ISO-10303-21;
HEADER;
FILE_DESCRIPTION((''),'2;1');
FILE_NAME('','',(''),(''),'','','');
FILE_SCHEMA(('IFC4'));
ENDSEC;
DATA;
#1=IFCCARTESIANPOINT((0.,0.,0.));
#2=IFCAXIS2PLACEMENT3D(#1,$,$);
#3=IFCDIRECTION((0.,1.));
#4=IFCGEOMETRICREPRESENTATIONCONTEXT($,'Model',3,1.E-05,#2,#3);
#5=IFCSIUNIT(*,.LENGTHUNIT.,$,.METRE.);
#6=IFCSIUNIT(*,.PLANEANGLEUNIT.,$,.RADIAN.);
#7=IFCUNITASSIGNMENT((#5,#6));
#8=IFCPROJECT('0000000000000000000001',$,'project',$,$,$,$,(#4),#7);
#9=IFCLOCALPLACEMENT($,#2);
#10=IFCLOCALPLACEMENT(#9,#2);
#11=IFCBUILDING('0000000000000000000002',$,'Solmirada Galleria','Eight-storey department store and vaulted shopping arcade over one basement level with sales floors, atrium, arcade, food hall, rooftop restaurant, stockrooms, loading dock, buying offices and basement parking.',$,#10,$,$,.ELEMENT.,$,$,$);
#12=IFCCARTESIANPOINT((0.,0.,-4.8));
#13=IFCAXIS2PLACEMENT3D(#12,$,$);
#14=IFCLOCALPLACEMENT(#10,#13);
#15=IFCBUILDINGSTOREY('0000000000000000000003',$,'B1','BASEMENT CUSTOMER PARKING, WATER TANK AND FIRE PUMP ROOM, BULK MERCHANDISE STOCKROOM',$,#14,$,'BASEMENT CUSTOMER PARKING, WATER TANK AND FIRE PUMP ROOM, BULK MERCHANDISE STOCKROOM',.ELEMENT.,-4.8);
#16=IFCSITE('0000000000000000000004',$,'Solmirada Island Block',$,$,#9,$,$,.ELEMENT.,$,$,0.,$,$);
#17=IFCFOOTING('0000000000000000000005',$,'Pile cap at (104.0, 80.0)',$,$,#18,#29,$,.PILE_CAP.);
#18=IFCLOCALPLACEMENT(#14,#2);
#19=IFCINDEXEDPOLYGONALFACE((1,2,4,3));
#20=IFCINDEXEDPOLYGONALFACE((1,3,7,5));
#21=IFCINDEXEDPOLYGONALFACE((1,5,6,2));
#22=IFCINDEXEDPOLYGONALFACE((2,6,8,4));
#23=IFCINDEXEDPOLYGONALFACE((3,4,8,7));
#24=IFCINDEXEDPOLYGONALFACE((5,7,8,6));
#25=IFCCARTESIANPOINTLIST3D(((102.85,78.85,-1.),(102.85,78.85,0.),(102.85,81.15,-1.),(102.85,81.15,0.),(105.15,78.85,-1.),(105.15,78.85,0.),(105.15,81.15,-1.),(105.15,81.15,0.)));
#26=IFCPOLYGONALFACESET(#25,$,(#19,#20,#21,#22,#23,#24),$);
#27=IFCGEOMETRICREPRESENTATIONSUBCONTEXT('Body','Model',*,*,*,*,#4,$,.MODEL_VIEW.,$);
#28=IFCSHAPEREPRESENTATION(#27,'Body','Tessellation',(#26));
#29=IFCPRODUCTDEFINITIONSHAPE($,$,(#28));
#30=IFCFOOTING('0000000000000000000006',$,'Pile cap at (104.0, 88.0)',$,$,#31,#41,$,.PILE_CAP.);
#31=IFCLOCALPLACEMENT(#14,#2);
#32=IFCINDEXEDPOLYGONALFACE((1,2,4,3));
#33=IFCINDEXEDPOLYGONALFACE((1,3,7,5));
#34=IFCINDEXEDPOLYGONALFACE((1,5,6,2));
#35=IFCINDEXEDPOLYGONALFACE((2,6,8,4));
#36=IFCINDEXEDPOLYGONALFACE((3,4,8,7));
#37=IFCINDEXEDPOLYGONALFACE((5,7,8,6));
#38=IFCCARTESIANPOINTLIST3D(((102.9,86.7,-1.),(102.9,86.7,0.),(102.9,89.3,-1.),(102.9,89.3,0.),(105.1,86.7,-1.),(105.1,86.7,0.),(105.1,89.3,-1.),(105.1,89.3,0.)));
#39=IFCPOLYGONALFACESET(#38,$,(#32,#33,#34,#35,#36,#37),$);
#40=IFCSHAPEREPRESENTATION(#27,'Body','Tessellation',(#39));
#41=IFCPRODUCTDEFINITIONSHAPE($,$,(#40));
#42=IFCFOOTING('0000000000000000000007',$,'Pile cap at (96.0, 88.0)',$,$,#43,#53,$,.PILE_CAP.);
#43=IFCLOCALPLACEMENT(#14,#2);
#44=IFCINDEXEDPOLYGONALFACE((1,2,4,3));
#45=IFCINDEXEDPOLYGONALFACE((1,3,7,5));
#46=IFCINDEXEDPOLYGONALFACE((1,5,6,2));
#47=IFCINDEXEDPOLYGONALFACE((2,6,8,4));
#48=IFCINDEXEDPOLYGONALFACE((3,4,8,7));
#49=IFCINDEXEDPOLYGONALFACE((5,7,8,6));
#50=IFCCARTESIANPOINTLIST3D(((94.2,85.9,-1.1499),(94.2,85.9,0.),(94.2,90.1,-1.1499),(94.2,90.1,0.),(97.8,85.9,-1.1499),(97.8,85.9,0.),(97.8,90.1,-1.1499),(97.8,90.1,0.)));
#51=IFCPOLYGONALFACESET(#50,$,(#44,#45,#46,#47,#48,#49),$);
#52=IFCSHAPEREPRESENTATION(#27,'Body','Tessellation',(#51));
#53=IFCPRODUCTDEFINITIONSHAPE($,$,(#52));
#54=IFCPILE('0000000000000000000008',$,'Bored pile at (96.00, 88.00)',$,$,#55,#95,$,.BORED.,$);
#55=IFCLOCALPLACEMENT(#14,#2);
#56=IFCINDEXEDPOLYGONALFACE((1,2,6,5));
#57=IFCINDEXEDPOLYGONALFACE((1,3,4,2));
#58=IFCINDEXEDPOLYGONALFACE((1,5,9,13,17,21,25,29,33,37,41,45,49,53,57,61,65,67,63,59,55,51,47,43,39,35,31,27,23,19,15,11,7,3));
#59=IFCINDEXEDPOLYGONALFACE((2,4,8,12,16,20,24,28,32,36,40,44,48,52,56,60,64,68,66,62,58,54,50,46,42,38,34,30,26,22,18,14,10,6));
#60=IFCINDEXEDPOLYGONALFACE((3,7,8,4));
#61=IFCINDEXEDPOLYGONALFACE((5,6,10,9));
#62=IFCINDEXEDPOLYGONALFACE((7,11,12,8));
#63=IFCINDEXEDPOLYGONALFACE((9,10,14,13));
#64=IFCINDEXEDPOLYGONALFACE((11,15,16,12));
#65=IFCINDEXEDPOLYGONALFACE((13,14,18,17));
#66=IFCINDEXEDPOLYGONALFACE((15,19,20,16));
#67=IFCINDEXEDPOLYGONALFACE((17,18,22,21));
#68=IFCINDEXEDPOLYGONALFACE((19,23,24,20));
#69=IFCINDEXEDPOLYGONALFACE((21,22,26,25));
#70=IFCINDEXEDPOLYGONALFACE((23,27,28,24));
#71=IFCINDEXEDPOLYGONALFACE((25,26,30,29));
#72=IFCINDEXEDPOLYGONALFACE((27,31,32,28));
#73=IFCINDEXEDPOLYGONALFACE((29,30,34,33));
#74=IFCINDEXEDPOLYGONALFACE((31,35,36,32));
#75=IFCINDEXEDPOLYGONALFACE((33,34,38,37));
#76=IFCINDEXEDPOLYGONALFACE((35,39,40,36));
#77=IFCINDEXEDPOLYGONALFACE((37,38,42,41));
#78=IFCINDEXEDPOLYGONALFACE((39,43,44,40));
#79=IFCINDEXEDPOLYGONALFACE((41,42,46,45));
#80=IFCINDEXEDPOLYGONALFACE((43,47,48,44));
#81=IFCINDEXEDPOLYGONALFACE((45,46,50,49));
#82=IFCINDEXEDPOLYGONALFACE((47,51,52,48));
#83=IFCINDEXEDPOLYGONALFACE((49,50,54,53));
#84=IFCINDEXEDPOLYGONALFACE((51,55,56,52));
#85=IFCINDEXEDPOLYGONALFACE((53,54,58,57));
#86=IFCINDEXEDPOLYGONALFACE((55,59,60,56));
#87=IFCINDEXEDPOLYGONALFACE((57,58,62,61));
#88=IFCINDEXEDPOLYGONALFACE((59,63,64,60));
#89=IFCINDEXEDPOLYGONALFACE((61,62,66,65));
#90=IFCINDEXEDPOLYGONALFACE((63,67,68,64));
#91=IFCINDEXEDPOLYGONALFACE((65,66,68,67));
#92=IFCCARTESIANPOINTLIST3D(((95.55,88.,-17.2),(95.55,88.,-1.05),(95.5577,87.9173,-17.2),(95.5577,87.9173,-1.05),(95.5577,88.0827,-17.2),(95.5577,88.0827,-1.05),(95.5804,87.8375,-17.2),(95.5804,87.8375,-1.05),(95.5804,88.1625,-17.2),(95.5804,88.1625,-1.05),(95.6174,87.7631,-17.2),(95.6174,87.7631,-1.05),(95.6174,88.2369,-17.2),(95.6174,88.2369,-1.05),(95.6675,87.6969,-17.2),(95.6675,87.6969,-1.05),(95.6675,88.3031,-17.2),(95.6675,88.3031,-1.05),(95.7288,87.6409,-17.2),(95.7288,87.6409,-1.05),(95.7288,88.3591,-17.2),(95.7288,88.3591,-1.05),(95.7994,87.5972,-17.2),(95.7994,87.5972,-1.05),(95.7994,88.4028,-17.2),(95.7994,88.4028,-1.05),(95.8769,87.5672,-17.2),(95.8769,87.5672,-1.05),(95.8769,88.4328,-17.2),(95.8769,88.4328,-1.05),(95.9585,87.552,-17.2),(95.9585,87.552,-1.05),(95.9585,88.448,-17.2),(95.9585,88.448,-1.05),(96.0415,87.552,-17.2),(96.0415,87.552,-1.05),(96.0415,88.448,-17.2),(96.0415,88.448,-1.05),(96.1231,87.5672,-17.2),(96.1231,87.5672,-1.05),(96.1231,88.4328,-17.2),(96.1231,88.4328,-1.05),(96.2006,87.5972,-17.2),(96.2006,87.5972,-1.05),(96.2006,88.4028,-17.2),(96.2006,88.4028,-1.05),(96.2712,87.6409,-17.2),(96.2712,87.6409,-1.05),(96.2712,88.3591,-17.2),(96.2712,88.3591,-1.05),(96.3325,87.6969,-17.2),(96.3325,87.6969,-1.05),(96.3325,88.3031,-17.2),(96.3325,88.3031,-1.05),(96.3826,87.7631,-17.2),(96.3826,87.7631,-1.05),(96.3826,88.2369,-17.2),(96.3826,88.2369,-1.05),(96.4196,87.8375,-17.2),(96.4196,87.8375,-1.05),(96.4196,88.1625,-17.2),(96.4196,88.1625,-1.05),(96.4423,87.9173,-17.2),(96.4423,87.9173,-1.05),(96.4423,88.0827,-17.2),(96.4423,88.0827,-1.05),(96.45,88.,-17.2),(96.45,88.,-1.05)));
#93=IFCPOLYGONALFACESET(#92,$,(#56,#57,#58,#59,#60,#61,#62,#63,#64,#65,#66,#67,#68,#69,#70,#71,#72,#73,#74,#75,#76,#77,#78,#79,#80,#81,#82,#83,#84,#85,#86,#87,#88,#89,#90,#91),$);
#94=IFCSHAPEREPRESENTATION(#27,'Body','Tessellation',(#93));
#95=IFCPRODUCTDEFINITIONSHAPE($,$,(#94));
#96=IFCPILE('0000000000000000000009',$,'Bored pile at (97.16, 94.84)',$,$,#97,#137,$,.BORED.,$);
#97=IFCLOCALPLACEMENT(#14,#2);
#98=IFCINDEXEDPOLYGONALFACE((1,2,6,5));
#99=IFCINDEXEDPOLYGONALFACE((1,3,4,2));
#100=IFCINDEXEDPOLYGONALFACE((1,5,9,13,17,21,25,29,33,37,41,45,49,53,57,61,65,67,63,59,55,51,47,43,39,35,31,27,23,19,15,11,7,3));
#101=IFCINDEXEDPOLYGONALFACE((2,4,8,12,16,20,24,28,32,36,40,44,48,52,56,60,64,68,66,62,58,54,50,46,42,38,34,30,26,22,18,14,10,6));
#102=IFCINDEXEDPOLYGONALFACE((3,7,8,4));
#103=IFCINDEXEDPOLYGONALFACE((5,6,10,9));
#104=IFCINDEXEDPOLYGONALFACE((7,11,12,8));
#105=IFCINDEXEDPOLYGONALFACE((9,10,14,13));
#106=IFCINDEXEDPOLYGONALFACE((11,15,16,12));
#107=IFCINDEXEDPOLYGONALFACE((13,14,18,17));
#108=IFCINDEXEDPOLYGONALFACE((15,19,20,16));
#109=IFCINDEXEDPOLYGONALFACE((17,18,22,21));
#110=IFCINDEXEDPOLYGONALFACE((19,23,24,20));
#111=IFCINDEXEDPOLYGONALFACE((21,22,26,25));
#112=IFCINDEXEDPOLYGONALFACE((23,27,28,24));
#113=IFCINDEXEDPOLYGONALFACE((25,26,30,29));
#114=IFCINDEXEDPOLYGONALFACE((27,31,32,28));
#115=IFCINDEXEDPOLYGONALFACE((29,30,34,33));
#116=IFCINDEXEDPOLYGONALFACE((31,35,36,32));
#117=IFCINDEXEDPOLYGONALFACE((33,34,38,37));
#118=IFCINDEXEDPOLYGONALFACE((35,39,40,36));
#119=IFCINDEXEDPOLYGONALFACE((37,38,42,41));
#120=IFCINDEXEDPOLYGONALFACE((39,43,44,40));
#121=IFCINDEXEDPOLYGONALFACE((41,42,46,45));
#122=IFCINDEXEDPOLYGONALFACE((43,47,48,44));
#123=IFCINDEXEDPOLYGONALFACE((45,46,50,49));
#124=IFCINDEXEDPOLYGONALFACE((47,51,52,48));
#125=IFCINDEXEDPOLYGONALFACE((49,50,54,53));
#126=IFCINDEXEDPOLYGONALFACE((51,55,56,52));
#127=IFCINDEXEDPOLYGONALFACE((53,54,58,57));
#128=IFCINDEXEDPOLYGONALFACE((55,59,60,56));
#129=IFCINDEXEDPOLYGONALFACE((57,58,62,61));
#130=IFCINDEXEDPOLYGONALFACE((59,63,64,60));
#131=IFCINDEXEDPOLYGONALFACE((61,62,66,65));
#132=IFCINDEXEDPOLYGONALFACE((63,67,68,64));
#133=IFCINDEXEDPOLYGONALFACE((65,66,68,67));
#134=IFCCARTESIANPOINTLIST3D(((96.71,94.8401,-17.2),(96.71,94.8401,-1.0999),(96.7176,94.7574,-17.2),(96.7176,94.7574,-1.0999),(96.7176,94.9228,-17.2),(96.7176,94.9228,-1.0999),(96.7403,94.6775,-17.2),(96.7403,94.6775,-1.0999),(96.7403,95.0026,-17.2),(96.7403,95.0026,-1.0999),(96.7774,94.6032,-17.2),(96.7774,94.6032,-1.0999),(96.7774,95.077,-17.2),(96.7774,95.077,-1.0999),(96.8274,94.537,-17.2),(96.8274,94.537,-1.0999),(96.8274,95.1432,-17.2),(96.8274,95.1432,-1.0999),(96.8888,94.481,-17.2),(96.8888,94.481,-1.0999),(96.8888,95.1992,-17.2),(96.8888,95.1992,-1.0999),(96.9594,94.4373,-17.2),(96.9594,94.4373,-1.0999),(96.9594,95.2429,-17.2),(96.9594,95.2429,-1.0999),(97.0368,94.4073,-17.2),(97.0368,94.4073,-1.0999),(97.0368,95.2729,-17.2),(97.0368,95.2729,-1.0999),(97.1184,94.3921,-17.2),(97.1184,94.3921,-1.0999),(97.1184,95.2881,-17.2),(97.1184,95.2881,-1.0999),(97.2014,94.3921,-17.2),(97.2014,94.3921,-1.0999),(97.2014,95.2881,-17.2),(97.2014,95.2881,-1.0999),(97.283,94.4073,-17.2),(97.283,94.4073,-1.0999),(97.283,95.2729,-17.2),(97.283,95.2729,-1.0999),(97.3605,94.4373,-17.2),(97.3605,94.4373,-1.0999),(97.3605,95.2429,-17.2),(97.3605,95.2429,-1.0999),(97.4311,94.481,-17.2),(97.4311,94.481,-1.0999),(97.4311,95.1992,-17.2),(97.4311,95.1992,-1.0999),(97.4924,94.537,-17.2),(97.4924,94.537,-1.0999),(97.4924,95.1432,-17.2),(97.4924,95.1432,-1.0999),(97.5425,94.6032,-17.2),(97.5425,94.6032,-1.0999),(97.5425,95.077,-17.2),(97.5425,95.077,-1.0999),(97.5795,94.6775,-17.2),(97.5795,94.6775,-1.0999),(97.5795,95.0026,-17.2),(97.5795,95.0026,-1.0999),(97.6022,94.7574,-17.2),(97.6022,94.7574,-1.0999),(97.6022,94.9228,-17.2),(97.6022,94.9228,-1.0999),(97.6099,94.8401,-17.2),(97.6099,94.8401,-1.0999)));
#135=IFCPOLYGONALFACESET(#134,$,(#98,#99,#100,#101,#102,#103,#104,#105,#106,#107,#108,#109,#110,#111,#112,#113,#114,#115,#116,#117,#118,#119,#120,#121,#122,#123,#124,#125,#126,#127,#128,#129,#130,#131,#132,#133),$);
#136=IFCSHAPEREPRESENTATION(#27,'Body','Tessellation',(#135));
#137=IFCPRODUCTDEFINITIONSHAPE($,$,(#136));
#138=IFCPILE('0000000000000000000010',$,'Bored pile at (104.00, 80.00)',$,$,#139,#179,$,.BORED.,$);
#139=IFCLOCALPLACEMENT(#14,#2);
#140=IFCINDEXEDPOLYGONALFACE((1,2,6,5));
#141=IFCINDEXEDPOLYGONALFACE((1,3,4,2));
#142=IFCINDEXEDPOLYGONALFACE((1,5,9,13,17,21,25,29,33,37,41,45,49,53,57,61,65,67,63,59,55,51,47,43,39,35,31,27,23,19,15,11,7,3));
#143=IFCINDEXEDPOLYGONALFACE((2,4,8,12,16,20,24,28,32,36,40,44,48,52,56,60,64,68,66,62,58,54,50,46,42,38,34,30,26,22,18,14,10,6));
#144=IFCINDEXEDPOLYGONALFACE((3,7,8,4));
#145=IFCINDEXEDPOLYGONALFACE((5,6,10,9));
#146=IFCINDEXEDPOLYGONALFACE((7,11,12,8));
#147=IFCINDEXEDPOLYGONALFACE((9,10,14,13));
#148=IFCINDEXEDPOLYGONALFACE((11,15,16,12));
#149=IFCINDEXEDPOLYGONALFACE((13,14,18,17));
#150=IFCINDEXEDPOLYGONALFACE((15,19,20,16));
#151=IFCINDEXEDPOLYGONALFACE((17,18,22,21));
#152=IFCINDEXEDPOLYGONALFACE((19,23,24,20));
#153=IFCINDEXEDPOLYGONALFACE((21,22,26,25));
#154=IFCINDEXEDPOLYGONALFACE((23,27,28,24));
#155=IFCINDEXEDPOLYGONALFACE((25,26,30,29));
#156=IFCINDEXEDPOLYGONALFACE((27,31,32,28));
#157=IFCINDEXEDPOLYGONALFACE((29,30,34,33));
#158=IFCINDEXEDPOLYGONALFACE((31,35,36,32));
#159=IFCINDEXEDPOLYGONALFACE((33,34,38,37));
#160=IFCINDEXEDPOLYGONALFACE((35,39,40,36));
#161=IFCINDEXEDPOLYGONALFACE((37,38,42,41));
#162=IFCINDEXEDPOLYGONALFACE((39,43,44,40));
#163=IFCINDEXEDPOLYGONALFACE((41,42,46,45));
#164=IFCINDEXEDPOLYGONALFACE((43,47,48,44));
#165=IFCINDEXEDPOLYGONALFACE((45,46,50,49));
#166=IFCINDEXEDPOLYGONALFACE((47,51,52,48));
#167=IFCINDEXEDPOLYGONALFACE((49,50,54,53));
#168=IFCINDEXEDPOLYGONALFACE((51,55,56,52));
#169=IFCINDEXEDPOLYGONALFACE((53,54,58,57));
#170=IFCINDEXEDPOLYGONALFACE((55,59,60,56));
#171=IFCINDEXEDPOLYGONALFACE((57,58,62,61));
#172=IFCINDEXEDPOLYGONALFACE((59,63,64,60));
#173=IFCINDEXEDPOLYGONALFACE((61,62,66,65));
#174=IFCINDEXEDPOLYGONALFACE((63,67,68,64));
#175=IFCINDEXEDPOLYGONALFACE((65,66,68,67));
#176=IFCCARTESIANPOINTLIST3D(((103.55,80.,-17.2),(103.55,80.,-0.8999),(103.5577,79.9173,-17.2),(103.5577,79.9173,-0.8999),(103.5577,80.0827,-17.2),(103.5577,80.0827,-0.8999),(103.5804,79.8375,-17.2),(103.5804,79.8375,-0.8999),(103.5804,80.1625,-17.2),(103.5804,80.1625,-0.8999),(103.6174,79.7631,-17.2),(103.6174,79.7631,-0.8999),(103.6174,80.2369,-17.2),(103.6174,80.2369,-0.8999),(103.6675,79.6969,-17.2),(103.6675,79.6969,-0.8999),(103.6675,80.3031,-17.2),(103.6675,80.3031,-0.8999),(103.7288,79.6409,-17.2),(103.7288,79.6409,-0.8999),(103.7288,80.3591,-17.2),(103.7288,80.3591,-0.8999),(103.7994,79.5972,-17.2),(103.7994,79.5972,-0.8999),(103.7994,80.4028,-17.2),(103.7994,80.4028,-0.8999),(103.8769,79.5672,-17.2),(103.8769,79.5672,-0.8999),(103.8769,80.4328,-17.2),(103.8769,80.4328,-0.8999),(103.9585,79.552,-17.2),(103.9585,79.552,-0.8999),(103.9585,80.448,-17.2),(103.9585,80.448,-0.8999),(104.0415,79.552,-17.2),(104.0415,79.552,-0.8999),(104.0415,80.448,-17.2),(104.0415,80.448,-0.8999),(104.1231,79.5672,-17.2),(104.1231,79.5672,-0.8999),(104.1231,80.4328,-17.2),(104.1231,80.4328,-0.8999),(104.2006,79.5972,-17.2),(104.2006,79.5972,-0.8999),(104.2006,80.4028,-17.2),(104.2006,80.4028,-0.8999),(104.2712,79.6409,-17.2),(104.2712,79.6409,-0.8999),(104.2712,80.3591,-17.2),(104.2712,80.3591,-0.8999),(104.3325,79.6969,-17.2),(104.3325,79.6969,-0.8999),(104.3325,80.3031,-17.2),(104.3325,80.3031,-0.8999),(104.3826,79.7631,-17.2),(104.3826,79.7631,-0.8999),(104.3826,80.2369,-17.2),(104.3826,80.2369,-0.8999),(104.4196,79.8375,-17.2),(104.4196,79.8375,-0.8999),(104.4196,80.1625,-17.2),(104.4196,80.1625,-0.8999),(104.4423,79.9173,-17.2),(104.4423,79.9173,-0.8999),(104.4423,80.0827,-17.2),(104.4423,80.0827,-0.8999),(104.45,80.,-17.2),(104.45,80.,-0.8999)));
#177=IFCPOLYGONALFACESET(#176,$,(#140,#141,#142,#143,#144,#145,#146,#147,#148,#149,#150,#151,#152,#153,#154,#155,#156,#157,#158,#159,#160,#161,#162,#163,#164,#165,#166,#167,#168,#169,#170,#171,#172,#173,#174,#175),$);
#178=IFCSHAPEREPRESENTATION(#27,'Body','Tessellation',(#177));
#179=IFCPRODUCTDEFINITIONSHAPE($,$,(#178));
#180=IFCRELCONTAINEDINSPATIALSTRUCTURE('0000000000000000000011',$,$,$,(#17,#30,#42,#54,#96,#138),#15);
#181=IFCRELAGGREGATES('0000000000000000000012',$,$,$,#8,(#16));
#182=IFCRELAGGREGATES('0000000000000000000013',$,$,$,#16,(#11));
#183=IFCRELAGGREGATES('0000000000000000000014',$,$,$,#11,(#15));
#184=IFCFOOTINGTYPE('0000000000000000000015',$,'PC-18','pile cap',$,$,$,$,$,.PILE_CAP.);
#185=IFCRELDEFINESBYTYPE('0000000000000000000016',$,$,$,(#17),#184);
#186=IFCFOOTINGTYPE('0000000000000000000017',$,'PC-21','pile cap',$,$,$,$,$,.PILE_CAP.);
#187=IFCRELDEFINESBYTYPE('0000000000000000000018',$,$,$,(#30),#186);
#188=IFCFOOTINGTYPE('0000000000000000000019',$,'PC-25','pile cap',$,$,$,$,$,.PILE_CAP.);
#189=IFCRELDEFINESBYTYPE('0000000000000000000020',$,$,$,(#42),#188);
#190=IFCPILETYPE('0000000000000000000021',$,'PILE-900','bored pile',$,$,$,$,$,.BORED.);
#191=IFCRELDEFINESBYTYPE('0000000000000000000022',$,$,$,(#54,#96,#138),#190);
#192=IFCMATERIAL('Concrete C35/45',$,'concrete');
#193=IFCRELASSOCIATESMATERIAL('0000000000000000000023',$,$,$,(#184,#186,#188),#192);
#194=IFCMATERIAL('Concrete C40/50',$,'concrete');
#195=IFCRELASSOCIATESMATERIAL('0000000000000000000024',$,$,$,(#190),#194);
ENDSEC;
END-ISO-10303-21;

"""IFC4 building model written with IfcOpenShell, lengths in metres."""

from ifc_helpers import new_model, si_unit, direction, frame, origin, origin_2d, place, context, subcontext, project, spatial, rectangle, circle, extrude, material, material_profile, profile_set, type_object, element, save


model = new_model("IFC4")

# Units and contexts
model_context = context("Model", 3, precision=1e-05, world=origin(), true_north=direction((0.0, 1.0)))
body_context = subcontext(model_context, "Body", "Model", "MODEL_VIEW")
ifc_project = project(units=[si_unit("LENGTHUNIT", "METRE"), si_unit("PLANEANGLEUNIT", "RADIAN")], contexts=[model_context])

# Site, building, storey
site_placement = place(None, origin())
site = spatial("IfcSite", under=ifc_project, at=site_placement, Name="Solmirada Island Block", CompositionType="ELEMENT", RefElevation=0.0)
building_placement = place(site_placement, origin())
building = spatial("IfcBuilding", under=site, at=building_placement, Name="Solmirada Galleria", Description="Eight-storey department store and vaulted shopping arcade over one basement level with sales floors, atrium, arcade, food hall, rooftop restaurant, stockrooms, loading dock, buying offices and basement parking.", CompositionType="ELEMENT")
storey_placement = place(building_placement, frame((0.0, 0.0, -4.8)))
storey = spatial("IfcBuildingStorey", under=building, at=storey_placement, Name="B1", Description="BASEMENT CUSTOMER PARKING, WATER TANK AND FIRE PUMP ROOM, BULK MERCHANDISE STOCKROOM", LongName="BASEMENT CUSTOMER PARKING, WATER TANK AND FIRE PUMP ROOM, BULK MERCHANDISE STOCKROOM", CompositionType="ELEMENT", Elevation=-4.8)

# Footings
ifc_material_1 = material(Name="Concrete C35/45", Category="concrete")
footing_type_1 = type_object("IfcFootingType", Name="PC-18", Description="pile cap", PredefinedType="PILE_CAP", material=ifc_material_1)
footing_1_placement = place(storey_placement, frame((104.0, 80.0, -1.0), z_axis=(0.0, 0.0, 1.0), x_axis=(1.0, 0.0, 0.0)))
element("IfcFooting", 1, at=footing_1_placement, inside=storey, type_object=footing_type_1, Name="Pile cap at (104.0, 80.0)", PredefinedType="PILE_CAP", context=body_context, shape_type="SweptSolid", body=[
    extrude(rectangle(XDim=2.3, YDim=2.3, at=origin_2d()), origin(), (0.0, 0.0, 1.0), 1.0),
])
footing_type_2 = type_object("IfcFootingType", Name="PC-21", Description="pile cap", PredefinedType="PILE_CAP", material=ifc_material_1)
footing_2_placement = place(storey_placement, frame((104.0, 88.0, -1.0), z_axis=(0.0, 0.0, 1.0), x_axis=(1.0, 0.0, 0.0)))
element("IfcFooting", 2, at=footing_2_placement, inside=storey, type_object=footing_type_2, Name="Pile cap at (104.0, 88.0)", PredefinedType="PILE_CAP", context=body_context, shape_type="SweptSolid", body=[
    extrude(rectangle(XDim=2.2, YDim=2.6001, at=origin_2d()), origin(), (0.0, 0.0, 1.0), 1.0),
])
footing_type_3 = type_object("IfcFootingType", Name="PC-25", Description="pile cap", PredefinedType="PILE_CAP", material=ifc_material_1)
footing_3_placement = place(storey_placement, frame((96.0, 88.0, -1.1499), z_axis=(0.0, 0.0, 1.0), x_axis=(1.0, 0.0, 0.0)))
element("IfcFooting", 3, at=footing_3_placement, inside=storey, type_object=footing_type_3, Name="Pile cap at (96.0, 88.0)", PredefinedType="PILE_CAP", context=body_context, shape_type="SweptSolid", body=[
    extrude(rectangle(XDim=3.6001, YDim=4.2, at=origin_2d()), origin(), (0.0, 0.0, 1.0), 1.1499),
])

# Piles
ifc_material_2 = material(Name="Concrete C40/50", Category="concrete")
ifc_material_profile_1 = material_profile(ifc_material_2, circle(Radius=0.45, at=origin_2d()), Name="PILE900")
ifc_profile_set_1 = profile_set([ifc_material_profile_1], Name="Concrete C40/50")
pile_type = type_object("IfcPileType", Name="PILE-900", Description="bored pile", PredefinedType="BORED", material=ifc_profile_set_1)
pile_1_placement = place(storey_placement, frame((96.0, 88.0, -1.05), z_axis=(0.0, 0.0, -1.0), x_axis=(1.0, 0.0, 0.0)))
element("IfcPile", 4, at=pile_1_placement, inside=storey, type_object=pile_type, Name="Bored pile at (96.00, 88.00)", PredefinedType="BORED", context=body_context, shape_type="SweptSolid", body=[
    extrude(circle(Radius=0.45, at=origin_2d()), origin(), (0.0, 0.0, 1.0), 16.1499),
])
pile_2_placement = place(storey_placement, frame((97.1599, 94.8401, -1.0999), z_axis=(0.0, 0.0, -1.0), x_axis=(1.0, 0.0, 0.0)))
element("IfcPile", 5, at=pile_2_placement, inside=storey, type_object=pile_type, Name="Bored pile at (97.16, 94.84)", PredefinedType="BORED", context=body_context, shape_type="SweptSolid", body=[
    extrude(circle(Radius=0.45, at=origin_2d()), origin(), (0.0, 0.0, 1.0), 16.1001),
])
for number, where, z_axis, x_axis, name in (
    (6, (104.0, 80.0, -0.8999), (0.0, 0.0, -1.0), (1.0, 0.0, 0.0), "Bored pile at (104.00, 80.00)"),
):
    element("IfcPile", number, at=place(storey_placement, frame(where, z_axis=z_axis, x_axis=x_axis)), inside=storey, type_object=pile_type, Name=name, PredefinedType="BORED", context=body_context, shape_type="SweptSolid", body=[
        extrude(circle(Radius=0.45, at=origin_2d()), origin(), (0.0, 0.0, 1.0), 16.3),
    ])

save(model, "model.ifc")
